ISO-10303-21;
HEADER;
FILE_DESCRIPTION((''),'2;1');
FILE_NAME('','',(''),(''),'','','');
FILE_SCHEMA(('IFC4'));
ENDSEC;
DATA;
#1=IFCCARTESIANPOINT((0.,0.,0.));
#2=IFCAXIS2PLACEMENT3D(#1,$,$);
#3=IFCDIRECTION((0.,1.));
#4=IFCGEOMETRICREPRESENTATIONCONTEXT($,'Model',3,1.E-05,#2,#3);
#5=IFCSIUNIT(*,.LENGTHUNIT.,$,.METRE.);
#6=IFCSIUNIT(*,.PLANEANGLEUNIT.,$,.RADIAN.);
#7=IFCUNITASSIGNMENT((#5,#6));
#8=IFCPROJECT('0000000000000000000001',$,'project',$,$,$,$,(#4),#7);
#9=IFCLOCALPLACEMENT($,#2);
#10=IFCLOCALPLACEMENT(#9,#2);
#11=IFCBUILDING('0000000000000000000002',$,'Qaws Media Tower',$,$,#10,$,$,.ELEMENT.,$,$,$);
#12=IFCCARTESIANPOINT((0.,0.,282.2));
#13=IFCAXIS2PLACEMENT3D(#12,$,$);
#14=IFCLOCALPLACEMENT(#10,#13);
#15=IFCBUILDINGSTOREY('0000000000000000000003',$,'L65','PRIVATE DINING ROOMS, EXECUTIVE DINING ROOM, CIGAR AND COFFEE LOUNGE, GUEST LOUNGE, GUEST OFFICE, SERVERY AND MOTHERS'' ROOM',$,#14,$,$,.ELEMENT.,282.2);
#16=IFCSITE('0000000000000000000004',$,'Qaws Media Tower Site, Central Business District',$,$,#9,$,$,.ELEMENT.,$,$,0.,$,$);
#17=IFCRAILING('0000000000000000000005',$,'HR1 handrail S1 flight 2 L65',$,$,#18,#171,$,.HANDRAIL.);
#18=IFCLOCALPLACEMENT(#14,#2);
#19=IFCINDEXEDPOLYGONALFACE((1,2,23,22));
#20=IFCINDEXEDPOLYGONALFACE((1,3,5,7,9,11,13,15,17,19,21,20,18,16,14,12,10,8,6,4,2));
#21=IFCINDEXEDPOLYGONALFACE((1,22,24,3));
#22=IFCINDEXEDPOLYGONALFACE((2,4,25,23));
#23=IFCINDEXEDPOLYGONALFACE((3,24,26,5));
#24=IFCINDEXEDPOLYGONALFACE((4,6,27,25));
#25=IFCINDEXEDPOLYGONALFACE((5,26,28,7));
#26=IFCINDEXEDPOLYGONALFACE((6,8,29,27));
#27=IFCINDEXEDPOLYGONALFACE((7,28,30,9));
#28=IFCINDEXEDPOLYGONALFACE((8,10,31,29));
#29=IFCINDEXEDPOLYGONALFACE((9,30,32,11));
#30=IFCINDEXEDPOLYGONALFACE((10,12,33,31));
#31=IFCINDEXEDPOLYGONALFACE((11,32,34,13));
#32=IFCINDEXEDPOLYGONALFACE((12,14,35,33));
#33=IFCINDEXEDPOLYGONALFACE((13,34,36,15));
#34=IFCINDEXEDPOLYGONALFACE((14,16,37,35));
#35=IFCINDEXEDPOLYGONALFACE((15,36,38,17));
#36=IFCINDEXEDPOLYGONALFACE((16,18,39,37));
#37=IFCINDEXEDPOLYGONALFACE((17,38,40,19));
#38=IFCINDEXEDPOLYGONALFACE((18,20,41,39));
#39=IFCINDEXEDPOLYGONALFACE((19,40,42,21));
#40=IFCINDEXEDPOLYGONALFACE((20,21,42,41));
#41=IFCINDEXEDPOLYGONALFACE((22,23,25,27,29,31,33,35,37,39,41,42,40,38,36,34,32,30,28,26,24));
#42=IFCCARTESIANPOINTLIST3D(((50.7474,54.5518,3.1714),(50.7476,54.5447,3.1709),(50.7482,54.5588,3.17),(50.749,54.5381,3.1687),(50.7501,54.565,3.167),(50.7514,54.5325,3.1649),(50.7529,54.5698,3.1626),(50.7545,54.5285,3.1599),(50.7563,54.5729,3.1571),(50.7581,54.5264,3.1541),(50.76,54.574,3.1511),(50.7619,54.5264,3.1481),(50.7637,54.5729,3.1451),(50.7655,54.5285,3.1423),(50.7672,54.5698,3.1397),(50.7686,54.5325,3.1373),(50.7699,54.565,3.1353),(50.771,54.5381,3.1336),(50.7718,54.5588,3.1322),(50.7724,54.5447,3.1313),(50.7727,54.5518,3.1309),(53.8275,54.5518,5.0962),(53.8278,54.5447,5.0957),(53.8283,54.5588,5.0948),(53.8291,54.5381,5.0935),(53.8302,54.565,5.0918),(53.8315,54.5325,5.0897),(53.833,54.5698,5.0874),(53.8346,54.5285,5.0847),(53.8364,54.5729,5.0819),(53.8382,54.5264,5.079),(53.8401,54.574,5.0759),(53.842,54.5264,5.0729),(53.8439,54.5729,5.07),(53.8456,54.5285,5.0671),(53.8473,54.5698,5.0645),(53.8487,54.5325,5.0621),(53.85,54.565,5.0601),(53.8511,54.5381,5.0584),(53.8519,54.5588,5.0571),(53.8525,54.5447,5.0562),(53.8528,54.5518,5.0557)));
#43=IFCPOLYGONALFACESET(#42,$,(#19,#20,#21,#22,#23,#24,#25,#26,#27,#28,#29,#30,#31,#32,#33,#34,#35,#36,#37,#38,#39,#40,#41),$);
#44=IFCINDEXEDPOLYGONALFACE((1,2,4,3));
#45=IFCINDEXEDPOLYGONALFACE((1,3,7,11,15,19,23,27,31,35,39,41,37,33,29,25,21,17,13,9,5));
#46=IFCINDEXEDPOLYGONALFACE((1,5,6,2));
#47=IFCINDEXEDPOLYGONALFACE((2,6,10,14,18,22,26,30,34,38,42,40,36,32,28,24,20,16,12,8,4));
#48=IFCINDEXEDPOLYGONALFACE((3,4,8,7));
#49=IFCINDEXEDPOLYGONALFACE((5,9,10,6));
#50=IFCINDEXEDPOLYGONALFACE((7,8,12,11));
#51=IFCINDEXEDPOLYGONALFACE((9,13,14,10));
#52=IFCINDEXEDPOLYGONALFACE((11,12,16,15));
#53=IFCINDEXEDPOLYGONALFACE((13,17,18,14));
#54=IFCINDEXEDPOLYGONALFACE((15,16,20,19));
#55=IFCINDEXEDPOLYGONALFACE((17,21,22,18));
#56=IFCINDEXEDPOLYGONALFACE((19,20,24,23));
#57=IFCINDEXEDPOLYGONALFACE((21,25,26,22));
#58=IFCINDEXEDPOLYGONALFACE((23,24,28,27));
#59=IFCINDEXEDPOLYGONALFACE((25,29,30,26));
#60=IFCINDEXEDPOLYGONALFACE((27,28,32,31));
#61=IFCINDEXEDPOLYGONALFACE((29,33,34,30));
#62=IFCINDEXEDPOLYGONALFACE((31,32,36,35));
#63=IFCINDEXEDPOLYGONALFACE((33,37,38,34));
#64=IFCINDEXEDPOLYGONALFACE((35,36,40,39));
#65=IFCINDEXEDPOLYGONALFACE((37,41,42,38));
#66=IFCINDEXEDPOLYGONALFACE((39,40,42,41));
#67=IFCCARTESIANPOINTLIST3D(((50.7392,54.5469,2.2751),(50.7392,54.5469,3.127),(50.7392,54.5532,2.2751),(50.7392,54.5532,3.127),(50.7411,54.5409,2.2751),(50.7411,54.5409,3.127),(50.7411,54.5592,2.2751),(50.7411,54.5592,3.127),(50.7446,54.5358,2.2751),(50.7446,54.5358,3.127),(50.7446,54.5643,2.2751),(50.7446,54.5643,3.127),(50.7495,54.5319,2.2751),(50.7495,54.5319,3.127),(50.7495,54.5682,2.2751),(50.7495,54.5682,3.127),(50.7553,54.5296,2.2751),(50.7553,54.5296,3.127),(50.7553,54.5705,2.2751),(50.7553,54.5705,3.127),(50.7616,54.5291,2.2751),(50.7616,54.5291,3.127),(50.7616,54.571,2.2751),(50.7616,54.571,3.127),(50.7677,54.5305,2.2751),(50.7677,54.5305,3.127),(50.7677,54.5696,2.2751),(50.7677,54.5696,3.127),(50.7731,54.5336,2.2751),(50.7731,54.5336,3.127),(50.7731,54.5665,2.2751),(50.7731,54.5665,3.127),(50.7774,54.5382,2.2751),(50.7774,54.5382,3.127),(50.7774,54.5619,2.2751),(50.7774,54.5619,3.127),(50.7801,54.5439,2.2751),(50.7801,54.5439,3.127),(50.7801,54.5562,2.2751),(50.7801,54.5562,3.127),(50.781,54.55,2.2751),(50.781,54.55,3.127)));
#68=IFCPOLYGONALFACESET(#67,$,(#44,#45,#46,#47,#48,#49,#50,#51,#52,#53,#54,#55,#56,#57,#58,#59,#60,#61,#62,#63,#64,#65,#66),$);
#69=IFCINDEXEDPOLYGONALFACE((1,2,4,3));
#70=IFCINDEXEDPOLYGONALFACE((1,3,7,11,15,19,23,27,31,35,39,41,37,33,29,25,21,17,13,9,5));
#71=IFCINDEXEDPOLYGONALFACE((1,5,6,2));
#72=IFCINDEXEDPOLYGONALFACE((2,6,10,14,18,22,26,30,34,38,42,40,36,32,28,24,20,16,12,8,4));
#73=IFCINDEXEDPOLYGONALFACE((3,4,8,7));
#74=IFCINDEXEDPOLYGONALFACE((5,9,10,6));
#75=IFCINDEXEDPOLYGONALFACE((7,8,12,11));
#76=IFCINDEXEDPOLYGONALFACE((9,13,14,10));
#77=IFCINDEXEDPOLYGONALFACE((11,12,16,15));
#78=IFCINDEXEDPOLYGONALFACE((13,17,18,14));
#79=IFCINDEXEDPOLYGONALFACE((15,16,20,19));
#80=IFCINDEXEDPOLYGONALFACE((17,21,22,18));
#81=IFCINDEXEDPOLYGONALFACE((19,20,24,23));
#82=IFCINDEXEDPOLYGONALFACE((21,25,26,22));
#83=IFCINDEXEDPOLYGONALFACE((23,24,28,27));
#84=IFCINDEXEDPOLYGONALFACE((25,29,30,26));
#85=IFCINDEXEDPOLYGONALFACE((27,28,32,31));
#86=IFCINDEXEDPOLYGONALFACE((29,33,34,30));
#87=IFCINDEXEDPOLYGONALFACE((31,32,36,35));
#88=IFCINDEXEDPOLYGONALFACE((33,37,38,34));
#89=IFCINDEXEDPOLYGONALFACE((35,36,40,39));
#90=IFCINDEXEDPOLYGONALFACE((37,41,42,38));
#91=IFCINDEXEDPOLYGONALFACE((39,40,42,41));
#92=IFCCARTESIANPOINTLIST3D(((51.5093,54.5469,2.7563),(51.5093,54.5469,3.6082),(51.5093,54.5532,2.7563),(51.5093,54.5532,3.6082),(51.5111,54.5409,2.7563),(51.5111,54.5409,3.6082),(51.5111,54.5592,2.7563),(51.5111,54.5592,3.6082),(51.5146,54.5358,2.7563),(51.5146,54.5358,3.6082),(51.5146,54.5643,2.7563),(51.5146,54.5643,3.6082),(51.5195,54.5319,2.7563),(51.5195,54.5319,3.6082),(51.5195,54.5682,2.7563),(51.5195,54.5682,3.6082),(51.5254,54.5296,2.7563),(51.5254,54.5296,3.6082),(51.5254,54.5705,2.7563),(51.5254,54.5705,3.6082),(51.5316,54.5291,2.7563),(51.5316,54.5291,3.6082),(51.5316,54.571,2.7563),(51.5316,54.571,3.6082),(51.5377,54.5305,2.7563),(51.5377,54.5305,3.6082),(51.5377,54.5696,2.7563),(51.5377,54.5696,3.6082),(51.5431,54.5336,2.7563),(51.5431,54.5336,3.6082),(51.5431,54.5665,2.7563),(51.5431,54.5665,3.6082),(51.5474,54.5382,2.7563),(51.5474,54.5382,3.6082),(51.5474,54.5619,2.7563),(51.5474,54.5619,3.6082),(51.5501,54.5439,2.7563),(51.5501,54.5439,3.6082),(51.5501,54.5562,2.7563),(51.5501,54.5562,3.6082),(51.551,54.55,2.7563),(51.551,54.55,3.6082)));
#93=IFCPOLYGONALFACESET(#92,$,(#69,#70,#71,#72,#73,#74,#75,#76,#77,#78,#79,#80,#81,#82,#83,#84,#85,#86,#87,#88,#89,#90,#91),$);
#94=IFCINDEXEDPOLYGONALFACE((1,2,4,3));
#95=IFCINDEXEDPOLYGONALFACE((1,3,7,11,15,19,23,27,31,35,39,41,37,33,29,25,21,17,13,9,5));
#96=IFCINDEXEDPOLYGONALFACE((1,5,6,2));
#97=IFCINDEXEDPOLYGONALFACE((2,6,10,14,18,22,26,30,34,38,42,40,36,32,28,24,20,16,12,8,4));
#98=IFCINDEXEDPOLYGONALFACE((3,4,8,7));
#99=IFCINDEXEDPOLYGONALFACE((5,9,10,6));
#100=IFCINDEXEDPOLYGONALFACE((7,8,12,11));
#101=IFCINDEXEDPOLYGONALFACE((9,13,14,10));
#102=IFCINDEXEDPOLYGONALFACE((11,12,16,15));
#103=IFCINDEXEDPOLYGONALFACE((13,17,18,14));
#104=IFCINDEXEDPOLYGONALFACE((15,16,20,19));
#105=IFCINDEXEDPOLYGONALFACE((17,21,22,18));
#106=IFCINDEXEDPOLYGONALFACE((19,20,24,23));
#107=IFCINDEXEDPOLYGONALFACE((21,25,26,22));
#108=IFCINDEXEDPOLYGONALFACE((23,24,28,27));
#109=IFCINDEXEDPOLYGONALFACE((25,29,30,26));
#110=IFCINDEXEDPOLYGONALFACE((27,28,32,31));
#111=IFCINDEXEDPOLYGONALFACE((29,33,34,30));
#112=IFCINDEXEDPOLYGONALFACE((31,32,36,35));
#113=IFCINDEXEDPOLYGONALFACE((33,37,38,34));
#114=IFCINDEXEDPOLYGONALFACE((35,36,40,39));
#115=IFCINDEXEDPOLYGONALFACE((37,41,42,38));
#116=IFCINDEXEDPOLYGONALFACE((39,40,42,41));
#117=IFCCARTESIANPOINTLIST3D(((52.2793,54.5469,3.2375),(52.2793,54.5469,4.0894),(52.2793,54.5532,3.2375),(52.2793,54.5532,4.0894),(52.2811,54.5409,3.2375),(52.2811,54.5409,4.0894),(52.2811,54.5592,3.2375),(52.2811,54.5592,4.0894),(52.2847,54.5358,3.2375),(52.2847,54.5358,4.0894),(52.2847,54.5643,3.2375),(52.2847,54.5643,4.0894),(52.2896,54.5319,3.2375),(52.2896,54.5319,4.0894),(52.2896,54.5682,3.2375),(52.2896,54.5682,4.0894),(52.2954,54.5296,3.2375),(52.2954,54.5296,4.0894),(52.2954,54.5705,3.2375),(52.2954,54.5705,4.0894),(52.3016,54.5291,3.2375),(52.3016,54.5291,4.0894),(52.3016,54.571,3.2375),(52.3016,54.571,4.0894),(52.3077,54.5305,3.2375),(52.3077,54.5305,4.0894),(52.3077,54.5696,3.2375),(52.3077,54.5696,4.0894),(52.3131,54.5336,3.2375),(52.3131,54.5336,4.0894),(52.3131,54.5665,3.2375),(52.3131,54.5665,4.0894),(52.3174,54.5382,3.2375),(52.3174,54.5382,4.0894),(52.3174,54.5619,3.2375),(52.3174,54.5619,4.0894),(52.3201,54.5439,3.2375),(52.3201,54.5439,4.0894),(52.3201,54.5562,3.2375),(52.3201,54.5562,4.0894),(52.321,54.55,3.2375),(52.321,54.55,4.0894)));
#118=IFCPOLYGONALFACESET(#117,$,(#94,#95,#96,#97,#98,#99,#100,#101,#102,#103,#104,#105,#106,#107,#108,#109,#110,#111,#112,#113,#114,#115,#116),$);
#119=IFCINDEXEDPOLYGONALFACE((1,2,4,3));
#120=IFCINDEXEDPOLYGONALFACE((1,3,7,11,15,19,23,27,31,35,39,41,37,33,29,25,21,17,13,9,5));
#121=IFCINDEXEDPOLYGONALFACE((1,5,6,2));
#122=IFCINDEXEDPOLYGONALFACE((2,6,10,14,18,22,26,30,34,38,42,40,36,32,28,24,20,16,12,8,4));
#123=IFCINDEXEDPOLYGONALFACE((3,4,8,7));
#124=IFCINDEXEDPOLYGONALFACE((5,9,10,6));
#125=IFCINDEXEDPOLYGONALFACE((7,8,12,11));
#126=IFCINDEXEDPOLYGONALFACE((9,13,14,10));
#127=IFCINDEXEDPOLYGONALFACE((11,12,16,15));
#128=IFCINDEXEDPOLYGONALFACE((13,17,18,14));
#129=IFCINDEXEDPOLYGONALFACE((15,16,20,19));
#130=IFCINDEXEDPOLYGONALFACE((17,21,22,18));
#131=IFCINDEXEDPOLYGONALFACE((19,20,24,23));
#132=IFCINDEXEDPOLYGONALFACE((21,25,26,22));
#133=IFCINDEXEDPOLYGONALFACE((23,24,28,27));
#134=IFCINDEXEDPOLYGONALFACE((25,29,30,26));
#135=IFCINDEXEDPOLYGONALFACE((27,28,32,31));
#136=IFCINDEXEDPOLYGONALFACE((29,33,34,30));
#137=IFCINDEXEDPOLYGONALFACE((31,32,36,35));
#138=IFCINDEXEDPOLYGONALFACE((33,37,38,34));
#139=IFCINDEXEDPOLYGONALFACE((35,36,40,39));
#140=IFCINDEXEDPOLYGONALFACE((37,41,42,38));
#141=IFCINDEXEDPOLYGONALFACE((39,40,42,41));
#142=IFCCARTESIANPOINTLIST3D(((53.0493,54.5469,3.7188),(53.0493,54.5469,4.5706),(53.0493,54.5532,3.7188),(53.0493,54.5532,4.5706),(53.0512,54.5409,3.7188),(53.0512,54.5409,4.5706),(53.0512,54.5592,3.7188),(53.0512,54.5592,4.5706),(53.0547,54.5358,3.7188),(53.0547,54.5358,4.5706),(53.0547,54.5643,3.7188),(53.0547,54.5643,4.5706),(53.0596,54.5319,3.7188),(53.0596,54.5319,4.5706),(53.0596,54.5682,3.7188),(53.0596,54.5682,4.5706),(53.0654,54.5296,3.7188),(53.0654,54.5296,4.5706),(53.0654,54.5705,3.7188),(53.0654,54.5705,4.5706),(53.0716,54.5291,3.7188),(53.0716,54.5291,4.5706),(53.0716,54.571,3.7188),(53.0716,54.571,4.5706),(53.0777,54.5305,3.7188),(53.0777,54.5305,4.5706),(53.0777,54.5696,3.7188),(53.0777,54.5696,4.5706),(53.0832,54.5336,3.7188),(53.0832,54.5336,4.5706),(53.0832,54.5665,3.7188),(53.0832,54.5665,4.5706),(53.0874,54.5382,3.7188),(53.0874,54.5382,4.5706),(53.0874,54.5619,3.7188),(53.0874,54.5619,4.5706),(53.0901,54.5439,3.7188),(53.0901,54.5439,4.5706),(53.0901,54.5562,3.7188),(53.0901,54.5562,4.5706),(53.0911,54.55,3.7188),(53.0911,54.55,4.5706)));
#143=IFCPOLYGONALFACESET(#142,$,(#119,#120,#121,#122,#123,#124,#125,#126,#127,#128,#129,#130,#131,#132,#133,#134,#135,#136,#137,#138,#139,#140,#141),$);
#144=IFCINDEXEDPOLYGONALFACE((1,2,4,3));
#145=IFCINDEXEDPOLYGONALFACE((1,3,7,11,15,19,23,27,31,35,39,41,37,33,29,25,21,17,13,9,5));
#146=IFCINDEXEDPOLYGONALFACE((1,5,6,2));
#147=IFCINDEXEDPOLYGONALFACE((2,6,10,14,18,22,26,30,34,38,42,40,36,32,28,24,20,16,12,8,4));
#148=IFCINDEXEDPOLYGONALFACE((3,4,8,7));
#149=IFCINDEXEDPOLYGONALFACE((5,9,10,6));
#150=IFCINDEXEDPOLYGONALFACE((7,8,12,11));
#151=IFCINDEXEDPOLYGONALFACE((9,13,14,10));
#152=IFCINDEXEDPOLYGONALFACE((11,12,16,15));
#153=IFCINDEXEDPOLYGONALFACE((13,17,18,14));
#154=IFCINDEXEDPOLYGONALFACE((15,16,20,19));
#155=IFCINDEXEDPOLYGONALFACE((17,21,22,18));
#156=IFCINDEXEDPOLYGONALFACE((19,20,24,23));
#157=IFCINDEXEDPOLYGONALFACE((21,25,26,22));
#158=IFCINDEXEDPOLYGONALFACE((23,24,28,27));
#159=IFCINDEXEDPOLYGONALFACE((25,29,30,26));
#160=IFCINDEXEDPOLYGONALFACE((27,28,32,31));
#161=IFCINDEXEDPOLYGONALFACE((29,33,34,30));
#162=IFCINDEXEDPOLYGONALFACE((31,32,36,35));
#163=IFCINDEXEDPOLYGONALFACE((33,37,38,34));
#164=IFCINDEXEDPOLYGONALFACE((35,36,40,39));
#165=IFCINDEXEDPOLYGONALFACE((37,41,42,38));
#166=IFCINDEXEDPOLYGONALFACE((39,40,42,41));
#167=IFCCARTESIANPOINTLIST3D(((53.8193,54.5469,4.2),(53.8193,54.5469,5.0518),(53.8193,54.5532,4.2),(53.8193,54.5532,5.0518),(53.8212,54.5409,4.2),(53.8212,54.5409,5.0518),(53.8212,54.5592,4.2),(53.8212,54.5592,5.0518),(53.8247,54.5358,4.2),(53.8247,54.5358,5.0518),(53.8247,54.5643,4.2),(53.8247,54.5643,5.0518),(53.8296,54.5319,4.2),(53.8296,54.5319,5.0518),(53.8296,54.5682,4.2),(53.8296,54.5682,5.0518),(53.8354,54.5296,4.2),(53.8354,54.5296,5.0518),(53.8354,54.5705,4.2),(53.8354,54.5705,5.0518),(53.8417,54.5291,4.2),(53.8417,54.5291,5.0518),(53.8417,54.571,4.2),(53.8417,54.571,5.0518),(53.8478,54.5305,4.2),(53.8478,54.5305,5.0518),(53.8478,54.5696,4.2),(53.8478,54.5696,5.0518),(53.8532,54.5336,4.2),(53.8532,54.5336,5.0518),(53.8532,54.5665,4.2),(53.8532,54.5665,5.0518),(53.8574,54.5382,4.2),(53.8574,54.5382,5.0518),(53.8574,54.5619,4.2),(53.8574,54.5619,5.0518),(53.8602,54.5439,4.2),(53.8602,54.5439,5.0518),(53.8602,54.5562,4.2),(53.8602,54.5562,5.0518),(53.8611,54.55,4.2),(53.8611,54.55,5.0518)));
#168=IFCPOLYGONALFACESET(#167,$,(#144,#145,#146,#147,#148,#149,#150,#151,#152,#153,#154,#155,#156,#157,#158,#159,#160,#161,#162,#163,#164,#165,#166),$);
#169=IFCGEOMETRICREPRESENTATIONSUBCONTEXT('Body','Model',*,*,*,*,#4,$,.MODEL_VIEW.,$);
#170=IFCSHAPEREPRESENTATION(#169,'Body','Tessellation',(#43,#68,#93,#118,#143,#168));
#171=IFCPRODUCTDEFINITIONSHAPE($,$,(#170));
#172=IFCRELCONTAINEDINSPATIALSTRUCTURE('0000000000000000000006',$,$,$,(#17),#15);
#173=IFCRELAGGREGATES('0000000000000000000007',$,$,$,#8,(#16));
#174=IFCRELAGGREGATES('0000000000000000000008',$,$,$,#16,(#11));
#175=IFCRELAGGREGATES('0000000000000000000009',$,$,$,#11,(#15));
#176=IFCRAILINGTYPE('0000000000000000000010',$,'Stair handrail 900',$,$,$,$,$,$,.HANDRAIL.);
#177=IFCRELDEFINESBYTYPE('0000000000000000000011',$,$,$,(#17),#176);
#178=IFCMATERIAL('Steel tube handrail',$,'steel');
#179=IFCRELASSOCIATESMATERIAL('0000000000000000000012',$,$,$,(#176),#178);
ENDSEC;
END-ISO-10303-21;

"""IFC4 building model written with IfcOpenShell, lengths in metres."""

from ifc_helpers import new_model, si_unit, direction, frame, origin, origin_2d, place, context, subcontext, project, spatial, circle, extrude, material, type_object, element, save


model = new_model("IFC4")

# Units and contexts
model_context = context("Model", 3, precision=1e-05, world=origin(), true_north=direction((0.0, 1.0)))
body_context = subcontext(model_context, "Body", "Model", "MODEL_VIEW")
ifc_project = project(units=[si_unit("LENGTHUNIT", "METRE"), si_unit("PLANEANGLEUNIT", "RADIAN")], contexts=[model_context])

# Site, building, storey
site_placement = place(None, origin())
site = spatial("IfcSite", under=ifc_project, at=site_placement, Name="Qaws Media Tower Site, Central Business District", CompositionType="ELEMENT", RefElevation=0.0)
building_placement = place(site_placement, origin())
building = spatial("IfcBuilding", under=site, at=building_placement, Name="Qaws Media Tower", CompositionType="ELEMENT")
storey_placement = place(building_placement, frame((0.0, 0.0, 282.2)))
storey = spatial("IfcBuildingStorey", under=building, at=storey_placement, Name="L65", Description="PRIVATE DINING ROOMS, EXECUTIVE DINING ROOM, CIGAR AND COFFEE LOUNGE, GUEST LOUNGE, GUEST OFFICE, SERVERY AND MOTHERS' ROOM", CompositionType="ELEMENT", Elevation=282.2)

# Railing
ifc_material_1 = material(Name="Steel tube handrail", Category="steel")
railing_type = type_object("IfcRailingType", Name="Stair handrail 900", PredefinedType="HANDRAIL", material=ifc_material_1)
for number, where, name in (
    (1, (50.76, 54.55, 2.2751), "HR1 handrail S1 flight 2 L65"),
):
    element("IfcRailing", number, at=place(storey_placement, frame(where)), inside=storey, type_object=railing_type, Name=name, PredefinedType="HANDRAIL", context=body_context, shape_type="SweptSolid", body=[
        extrude(circle(Radius=0.0239, at=origin_2d()), frame((0.0, 0.0, 0.876), z_axis=(0.848029, 0.0, 0.529951), x_axis=(0.0, 1.0, 0.0)), (0.0, 0.0, 1.0), 3.6321),
        extrude(circle(Radius=0.021, at=origin_2d()), origin(), (0.0, 0.0, 1.0), 0.8518),
        extrude(circle(Radius=0.021, at=origin_2d()), frame((0.77, 0.0, 0.4812)), (0.0, 0.0, 1.0), 0.8518),
        extrude(circle(Radius=0.021, at=origin_2d()), frame((1.54, 0.0, 0.9624)), (0.0, 0.0, 1.0), 0.8518),
        extrude(circle(Radius=0.021, at=origin_2d()), frame((2.3101, 0.0, 1.4436)), (0.0, 0.0, 1.0), 0.8518),
        extrude(circle(Radius=0.021, at=origin_2d()), frame((3.0801, 0.0, 1.9248)), (0.0, 0.0, 1.0), 0.8518),
    ])

save(model, "model.ifc")
